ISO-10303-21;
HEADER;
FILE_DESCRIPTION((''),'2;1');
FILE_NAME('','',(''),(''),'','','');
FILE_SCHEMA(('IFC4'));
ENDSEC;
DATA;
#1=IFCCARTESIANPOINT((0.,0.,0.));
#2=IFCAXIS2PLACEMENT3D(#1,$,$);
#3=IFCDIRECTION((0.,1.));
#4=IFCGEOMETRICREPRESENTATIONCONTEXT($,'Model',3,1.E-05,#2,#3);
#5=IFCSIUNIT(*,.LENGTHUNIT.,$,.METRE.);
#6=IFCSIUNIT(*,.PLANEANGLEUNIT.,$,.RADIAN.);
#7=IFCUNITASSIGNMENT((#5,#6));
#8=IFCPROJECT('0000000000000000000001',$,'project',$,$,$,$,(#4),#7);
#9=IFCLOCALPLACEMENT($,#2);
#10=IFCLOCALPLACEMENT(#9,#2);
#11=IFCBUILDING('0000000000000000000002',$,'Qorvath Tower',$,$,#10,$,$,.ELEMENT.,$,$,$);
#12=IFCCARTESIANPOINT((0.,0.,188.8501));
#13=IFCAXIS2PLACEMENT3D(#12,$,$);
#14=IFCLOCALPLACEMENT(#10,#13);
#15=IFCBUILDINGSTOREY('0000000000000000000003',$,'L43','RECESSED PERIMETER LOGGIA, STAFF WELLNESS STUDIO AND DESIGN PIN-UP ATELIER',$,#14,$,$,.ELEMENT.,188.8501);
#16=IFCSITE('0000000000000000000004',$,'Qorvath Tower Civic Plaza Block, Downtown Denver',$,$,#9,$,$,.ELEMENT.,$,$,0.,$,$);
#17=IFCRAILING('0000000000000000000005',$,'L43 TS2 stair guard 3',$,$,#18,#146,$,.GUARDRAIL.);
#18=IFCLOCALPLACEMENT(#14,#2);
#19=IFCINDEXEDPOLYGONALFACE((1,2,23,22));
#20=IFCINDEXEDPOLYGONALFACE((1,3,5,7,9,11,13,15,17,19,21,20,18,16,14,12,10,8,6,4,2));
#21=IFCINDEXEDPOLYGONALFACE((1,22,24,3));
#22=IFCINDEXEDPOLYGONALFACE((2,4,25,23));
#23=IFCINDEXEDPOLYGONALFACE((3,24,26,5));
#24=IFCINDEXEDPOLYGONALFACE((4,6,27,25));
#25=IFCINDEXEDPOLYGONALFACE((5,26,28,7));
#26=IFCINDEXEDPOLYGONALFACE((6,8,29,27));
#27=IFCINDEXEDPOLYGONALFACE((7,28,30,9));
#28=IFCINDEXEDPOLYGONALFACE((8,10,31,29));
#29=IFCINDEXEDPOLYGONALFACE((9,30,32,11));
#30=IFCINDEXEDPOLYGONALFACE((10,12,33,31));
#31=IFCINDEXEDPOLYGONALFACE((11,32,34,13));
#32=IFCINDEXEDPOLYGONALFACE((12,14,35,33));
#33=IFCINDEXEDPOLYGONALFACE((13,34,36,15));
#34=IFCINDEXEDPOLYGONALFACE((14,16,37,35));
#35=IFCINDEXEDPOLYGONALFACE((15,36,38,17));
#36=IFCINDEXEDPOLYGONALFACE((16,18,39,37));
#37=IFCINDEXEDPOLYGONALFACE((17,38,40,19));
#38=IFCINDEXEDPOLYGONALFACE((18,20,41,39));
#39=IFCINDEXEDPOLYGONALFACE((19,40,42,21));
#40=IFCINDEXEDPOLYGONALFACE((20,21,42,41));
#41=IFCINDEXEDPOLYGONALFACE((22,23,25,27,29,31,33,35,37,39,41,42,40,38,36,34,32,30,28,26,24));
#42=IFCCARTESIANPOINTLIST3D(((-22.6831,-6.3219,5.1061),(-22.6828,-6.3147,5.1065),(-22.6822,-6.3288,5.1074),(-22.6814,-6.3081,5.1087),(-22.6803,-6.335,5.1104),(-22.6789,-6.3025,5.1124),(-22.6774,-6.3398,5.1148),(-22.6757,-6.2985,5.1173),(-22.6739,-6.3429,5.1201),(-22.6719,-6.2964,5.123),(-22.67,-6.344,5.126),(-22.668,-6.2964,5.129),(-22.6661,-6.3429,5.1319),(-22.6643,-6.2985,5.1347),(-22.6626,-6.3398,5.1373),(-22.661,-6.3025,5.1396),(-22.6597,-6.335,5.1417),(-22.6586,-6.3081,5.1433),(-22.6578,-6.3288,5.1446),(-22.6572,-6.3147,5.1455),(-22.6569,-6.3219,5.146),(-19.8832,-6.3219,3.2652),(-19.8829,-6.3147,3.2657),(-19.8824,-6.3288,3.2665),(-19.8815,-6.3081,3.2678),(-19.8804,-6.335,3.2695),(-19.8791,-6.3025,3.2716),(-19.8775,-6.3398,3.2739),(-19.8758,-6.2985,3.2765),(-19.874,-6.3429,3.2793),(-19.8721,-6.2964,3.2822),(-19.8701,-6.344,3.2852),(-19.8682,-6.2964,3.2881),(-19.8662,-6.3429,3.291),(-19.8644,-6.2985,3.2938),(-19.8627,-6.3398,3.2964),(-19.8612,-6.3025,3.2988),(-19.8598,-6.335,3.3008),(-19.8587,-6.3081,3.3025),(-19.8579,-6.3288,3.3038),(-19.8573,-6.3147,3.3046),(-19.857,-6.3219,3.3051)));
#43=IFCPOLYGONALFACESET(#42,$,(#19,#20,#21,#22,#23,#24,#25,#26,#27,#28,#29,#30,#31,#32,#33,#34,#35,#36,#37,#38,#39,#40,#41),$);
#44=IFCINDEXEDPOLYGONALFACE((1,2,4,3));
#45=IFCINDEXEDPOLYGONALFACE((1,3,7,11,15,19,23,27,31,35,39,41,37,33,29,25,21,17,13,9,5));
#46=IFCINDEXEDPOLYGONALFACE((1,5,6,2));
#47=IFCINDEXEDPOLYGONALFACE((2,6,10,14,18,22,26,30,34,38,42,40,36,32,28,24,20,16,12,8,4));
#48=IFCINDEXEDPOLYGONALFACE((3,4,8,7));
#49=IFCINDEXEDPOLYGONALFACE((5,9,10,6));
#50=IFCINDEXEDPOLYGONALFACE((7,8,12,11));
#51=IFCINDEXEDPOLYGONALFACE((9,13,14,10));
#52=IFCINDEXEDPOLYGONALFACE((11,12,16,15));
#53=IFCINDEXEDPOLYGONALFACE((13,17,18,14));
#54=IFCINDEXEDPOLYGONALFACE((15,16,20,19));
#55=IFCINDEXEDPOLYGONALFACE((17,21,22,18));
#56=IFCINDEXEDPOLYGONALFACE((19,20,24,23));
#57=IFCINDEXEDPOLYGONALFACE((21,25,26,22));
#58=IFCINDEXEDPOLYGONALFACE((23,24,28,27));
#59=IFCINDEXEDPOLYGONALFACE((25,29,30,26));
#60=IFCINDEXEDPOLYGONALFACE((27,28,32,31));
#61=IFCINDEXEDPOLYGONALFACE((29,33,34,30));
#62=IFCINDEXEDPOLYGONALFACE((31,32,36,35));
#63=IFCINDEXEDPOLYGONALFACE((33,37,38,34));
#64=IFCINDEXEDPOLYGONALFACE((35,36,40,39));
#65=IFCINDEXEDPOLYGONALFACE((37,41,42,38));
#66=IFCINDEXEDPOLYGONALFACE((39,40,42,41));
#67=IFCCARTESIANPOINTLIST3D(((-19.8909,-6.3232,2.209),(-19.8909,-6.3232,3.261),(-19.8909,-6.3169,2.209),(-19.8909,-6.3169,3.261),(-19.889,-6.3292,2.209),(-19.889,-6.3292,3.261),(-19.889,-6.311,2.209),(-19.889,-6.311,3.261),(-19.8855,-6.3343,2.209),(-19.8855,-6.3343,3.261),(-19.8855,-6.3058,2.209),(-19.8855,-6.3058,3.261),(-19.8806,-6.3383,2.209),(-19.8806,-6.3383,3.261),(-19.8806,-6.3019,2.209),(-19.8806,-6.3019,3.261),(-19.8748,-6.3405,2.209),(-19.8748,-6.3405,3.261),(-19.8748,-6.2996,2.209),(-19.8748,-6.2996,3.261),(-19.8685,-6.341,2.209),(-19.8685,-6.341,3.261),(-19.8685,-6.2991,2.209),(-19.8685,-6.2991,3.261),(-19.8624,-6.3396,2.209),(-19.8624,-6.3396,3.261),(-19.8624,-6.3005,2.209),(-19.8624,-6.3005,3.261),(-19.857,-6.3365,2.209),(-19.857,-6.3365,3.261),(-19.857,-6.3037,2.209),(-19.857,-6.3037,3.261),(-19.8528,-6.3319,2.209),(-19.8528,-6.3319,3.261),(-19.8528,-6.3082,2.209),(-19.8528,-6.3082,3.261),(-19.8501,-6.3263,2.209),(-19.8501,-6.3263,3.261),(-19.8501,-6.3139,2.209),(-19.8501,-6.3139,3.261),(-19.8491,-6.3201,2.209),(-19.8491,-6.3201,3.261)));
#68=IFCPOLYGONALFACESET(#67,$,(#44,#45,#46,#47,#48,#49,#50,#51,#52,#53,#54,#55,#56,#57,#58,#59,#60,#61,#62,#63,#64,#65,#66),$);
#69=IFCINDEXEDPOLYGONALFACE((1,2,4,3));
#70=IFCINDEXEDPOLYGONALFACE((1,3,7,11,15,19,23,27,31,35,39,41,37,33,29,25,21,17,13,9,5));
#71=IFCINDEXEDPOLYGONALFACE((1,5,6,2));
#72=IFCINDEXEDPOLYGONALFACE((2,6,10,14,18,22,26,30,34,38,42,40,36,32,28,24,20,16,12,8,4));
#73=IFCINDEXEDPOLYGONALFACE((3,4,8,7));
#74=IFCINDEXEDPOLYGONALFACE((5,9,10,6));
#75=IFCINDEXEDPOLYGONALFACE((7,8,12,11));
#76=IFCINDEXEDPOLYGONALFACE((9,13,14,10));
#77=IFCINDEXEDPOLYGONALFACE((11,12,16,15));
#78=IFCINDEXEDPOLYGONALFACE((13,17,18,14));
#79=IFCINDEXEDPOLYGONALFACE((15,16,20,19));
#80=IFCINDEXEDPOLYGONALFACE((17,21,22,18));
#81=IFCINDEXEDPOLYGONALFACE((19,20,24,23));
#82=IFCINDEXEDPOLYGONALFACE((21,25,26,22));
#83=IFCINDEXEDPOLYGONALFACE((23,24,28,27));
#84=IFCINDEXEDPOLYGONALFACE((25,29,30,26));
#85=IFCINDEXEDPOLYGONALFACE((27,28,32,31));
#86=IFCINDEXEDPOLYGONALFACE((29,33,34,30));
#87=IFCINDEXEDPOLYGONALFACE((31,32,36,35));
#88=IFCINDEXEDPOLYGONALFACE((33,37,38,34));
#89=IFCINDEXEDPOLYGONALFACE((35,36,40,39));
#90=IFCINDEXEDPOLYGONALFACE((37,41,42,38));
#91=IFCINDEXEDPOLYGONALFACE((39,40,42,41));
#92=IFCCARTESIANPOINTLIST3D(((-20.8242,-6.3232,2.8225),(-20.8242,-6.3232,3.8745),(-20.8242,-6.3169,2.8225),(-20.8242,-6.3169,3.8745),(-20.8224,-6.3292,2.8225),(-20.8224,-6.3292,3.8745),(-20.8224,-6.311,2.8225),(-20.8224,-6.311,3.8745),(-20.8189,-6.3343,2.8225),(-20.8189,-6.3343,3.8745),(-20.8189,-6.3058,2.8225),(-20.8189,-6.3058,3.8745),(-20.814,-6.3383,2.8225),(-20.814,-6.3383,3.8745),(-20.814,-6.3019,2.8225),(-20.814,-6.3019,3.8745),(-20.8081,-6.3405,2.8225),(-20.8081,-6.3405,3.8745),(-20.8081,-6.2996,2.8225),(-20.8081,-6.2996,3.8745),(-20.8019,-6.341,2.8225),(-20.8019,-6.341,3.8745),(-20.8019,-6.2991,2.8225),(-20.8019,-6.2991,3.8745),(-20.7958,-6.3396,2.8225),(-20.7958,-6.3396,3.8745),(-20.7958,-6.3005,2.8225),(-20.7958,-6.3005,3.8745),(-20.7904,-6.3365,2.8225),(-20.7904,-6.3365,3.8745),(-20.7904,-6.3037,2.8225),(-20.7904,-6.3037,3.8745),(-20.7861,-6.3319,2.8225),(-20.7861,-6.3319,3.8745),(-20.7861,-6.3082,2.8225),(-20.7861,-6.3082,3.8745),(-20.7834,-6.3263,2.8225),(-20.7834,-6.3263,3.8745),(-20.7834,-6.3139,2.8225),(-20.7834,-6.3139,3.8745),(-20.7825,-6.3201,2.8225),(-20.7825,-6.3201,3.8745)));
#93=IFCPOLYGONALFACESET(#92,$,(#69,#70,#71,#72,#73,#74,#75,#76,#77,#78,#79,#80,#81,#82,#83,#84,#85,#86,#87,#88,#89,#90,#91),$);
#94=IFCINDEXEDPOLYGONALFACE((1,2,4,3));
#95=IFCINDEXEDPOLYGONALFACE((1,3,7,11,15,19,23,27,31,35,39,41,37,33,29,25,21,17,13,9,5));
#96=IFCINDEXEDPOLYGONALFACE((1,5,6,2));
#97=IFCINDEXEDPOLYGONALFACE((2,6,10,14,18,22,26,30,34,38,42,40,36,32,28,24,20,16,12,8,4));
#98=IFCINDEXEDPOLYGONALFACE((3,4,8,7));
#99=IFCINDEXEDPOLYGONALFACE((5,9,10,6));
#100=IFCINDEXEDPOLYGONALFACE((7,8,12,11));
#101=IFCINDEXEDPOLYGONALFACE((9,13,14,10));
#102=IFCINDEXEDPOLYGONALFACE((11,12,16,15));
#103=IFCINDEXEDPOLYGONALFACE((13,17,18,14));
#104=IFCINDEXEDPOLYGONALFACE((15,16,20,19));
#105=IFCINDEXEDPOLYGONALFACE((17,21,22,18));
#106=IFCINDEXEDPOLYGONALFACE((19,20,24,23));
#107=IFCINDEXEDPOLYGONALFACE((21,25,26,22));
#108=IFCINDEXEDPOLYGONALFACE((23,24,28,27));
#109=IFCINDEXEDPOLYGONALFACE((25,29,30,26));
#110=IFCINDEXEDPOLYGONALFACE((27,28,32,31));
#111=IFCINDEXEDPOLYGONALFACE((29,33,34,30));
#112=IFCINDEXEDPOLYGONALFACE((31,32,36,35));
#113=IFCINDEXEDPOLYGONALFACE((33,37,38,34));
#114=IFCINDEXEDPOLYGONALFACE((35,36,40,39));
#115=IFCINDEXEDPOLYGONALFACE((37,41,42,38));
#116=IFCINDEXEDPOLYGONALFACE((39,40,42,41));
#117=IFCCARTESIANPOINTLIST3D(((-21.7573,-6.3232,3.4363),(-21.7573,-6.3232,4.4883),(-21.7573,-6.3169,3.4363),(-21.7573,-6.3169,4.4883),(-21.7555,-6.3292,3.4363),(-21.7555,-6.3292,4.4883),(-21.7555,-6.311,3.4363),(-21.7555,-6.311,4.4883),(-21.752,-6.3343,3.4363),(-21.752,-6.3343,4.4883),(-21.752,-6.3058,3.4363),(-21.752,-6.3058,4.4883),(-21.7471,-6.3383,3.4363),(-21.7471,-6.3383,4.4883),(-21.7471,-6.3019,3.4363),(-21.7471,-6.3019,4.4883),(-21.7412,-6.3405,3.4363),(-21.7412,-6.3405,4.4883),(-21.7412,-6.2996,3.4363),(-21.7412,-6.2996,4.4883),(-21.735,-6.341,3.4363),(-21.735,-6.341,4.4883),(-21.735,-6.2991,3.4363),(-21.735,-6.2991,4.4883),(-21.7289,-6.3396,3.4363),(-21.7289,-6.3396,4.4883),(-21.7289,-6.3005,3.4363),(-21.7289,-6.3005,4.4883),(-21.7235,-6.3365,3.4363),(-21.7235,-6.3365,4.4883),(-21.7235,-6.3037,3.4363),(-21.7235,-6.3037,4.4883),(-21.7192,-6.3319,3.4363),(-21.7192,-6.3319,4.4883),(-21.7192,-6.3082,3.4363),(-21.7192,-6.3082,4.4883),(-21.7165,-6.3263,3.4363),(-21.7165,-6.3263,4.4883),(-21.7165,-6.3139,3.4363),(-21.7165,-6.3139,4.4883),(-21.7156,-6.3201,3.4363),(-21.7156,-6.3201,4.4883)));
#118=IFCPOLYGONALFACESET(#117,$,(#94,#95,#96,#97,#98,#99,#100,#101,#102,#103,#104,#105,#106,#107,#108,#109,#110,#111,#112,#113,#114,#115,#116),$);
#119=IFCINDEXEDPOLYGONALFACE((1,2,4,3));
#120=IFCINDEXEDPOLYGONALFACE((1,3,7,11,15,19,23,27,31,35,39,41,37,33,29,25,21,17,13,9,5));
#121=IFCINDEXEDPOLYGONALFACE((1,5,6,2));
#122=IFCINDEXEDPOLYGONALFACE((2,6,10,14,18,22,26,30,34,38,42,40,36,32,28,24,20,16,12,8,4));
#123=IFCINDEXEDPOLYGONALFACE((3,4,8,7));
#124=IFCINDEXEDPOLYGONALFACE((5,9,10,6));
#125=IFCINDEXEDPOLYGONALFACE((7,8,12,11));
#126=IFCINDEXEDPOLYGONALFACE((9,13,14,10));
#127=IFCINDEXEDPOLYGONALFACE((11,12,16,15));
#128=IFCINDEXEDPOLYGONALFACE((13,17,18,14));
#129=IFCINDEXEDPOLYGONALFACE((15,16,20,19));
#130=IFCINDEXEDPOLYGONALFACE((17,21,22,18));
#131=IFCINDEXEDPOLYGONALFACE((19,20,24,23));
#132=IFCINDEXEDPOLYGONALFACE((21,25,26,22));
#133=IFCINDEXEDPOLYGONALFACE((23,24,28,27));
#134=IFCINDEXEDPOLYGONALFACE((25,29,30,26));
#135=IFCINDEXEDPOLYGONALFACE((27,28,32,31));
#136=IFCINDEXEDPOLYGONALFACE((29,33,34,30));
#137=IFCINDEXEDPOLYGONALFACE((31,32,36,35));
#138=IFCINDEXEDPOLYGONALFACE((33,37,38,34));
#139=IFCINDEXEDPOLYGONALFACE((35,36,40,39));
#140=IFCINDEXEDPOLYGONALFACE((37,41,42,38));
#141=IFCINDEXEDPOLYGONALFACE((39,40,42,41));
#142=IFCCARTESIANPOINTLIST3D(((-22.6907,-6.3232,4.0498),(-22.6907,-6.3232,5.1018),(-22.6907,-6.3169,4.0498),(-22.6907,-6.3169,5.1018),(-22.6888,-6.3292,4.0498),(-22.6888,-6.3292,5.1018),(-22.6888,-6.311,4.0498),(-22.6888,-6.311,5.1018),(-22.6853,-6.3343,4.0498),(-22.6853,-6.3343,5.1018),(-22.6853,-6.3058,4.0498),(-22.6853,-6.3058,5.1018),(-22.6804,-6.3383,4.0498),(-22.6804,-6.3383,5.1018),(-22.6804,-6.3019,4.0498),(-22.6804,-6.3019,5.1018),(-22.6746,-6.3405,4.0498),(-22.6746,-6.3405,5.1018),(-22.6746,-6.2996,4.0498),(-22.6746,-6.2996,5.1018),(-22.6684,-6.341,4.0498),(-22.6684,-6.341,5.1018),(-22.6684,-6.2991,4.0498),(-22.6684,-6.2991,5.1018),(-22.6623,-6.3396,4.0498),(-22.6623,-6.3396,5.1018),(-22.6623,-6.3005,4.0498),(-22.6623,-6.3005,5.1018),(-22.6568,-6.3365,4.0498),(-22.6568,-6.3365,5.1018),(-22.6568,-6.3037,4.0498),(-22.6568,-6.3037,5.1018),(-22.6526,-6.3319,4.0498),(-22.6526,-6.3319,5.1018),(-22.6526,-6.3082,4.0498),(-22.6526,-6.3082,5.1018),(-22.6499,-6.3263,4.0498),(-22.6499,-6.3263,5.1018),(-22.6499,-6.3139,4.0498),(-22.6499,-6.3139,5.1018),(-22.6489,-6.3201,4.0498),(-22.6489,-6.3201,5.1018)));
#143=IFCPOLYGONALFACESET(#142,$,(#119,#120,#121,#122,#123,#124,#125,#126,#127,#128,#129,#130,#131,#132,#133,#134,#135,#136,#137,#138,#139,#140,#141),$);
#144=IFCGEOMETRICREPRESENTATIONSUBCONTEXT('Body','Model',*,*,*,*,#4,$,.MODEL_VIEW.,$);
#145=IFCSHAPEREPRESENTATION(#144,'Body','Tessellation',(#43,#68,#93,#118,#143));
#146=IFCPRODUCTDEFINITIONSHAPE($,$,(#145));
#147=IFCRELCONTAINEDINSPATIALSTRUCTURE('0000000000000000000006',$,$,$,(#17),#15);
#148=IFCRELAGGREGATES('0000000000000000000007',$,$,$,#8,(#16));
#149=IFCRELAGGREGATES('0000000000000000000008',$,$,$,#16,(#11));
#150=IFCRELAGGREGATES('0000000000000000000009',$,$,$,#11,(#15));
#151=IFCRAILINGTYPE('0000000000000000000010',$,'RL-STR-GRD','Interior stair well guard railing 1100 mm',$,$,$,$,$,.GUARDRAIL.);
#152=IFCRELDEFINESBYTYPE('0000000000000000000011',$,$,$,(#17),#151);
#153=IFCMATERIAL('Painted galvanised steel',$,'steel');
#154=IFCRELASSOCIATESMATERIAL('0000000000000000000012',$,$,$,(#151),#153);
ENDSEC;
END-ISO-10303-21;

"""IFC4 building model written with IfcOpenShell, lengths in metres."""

from ifc_helpers import new_model, si_unit, direction, frame, origin, origin_2d, place, context, subcontext, project, spatial, circle, extrude, material, type_object, element, save


model = new_model("IFC4")

# Units and contexts
model_context = context("Model", 3, precision=1e-05, world=origin(), true_north=direction((0.0, 1.0)))
body_context = subcontext(model_context, "Body", "Model", "MODEL_VIEW")
ifc_project = project(units=[si_unit("LENGTHUNIT", "METRE"), si_unit("PLANEANGLEUNIT", "RADIAN")], contexts=[model_context])

# Site, building, storey
site_placement = place(None, origin())
site = spatial("IfcSite", under=ifc_project, at=site_placement, Name="Qorvath Tower Civic Plaza Block, Downtown Denver", CompositionType="ELEMENT", RefElevation=0.0)
building_placement = place(site_placement, origin())
building = spatial("IfcBuilding", under=site, at=building_placement, Name="Qorvath Tower", CompositionType="ELEMENT")
storey_placement = place(building_placement, frame((0.0, 0.0, 188.8501)))
storey = spatial("IfcBuildingStorey", under=building, at=storey_placement, Name="L43", Description="RECESSED PERIMETER LOGGIA, STAFF WELLNESS STUDIO AND DESIGN PIN-UP ATELIER", CompositionType="ELEMENT", Elevation=188.8501)

# Railing
ifc_material_1 = material(Name="Painted galvanised steel", Category="steel")
railing_type_1 = type_object("IfcRailingType", Name="RL-STR-GRD", Description="Interior stair well guard railing 1100 mm", PredefinedType="GUARDRAIL", material=ifc_material_1)
railing_1_placement = place(storey_placement, frame((-19.8701, -6.3201, 2.209)))
element("IfcRailing", 1, at=railing_1_placement, inside=storey, type_object=railing_type_1, Name="L43 TS2 stair guard 3", PredefinedType="GUARDRAIL", context=body_context, shape_type="SweptSolid", body=[
    extrude(circle(Radius=0.0239, at=origin_2d()), frame((0.0, 0.0, 1.0762), z_axis=(-0.835576, 0.0, 0.549376), x_axis=(0.0, -1.0, 0.0)), (0.0, 0.0, 1.0), 3.3508),
    extrude(circle(Radius=0.021, at=origin_2d()), origin(), (0.0, 0.0, 1.0), 1.052),
    extrude(circle(Radius=0.021, at=origin_2d()), frame((-0.9333, 0.0, 0.6135)), (0.0, 0.0, 1.0), 1.052),
    extrude(circle(Radius=0.021, at=origin_2d()), frame((-1.8665, 0.0, 1.2273)), (0.0, 0.0, 1.0), 1.052),
    extrude(circle(Radius=0.021, at=origin_2d()), frame((-2.7998, 0.0, 1.8408)), (0.0, 0.0, 1.0), 1.052),
])

save(model, "model.ifc")
